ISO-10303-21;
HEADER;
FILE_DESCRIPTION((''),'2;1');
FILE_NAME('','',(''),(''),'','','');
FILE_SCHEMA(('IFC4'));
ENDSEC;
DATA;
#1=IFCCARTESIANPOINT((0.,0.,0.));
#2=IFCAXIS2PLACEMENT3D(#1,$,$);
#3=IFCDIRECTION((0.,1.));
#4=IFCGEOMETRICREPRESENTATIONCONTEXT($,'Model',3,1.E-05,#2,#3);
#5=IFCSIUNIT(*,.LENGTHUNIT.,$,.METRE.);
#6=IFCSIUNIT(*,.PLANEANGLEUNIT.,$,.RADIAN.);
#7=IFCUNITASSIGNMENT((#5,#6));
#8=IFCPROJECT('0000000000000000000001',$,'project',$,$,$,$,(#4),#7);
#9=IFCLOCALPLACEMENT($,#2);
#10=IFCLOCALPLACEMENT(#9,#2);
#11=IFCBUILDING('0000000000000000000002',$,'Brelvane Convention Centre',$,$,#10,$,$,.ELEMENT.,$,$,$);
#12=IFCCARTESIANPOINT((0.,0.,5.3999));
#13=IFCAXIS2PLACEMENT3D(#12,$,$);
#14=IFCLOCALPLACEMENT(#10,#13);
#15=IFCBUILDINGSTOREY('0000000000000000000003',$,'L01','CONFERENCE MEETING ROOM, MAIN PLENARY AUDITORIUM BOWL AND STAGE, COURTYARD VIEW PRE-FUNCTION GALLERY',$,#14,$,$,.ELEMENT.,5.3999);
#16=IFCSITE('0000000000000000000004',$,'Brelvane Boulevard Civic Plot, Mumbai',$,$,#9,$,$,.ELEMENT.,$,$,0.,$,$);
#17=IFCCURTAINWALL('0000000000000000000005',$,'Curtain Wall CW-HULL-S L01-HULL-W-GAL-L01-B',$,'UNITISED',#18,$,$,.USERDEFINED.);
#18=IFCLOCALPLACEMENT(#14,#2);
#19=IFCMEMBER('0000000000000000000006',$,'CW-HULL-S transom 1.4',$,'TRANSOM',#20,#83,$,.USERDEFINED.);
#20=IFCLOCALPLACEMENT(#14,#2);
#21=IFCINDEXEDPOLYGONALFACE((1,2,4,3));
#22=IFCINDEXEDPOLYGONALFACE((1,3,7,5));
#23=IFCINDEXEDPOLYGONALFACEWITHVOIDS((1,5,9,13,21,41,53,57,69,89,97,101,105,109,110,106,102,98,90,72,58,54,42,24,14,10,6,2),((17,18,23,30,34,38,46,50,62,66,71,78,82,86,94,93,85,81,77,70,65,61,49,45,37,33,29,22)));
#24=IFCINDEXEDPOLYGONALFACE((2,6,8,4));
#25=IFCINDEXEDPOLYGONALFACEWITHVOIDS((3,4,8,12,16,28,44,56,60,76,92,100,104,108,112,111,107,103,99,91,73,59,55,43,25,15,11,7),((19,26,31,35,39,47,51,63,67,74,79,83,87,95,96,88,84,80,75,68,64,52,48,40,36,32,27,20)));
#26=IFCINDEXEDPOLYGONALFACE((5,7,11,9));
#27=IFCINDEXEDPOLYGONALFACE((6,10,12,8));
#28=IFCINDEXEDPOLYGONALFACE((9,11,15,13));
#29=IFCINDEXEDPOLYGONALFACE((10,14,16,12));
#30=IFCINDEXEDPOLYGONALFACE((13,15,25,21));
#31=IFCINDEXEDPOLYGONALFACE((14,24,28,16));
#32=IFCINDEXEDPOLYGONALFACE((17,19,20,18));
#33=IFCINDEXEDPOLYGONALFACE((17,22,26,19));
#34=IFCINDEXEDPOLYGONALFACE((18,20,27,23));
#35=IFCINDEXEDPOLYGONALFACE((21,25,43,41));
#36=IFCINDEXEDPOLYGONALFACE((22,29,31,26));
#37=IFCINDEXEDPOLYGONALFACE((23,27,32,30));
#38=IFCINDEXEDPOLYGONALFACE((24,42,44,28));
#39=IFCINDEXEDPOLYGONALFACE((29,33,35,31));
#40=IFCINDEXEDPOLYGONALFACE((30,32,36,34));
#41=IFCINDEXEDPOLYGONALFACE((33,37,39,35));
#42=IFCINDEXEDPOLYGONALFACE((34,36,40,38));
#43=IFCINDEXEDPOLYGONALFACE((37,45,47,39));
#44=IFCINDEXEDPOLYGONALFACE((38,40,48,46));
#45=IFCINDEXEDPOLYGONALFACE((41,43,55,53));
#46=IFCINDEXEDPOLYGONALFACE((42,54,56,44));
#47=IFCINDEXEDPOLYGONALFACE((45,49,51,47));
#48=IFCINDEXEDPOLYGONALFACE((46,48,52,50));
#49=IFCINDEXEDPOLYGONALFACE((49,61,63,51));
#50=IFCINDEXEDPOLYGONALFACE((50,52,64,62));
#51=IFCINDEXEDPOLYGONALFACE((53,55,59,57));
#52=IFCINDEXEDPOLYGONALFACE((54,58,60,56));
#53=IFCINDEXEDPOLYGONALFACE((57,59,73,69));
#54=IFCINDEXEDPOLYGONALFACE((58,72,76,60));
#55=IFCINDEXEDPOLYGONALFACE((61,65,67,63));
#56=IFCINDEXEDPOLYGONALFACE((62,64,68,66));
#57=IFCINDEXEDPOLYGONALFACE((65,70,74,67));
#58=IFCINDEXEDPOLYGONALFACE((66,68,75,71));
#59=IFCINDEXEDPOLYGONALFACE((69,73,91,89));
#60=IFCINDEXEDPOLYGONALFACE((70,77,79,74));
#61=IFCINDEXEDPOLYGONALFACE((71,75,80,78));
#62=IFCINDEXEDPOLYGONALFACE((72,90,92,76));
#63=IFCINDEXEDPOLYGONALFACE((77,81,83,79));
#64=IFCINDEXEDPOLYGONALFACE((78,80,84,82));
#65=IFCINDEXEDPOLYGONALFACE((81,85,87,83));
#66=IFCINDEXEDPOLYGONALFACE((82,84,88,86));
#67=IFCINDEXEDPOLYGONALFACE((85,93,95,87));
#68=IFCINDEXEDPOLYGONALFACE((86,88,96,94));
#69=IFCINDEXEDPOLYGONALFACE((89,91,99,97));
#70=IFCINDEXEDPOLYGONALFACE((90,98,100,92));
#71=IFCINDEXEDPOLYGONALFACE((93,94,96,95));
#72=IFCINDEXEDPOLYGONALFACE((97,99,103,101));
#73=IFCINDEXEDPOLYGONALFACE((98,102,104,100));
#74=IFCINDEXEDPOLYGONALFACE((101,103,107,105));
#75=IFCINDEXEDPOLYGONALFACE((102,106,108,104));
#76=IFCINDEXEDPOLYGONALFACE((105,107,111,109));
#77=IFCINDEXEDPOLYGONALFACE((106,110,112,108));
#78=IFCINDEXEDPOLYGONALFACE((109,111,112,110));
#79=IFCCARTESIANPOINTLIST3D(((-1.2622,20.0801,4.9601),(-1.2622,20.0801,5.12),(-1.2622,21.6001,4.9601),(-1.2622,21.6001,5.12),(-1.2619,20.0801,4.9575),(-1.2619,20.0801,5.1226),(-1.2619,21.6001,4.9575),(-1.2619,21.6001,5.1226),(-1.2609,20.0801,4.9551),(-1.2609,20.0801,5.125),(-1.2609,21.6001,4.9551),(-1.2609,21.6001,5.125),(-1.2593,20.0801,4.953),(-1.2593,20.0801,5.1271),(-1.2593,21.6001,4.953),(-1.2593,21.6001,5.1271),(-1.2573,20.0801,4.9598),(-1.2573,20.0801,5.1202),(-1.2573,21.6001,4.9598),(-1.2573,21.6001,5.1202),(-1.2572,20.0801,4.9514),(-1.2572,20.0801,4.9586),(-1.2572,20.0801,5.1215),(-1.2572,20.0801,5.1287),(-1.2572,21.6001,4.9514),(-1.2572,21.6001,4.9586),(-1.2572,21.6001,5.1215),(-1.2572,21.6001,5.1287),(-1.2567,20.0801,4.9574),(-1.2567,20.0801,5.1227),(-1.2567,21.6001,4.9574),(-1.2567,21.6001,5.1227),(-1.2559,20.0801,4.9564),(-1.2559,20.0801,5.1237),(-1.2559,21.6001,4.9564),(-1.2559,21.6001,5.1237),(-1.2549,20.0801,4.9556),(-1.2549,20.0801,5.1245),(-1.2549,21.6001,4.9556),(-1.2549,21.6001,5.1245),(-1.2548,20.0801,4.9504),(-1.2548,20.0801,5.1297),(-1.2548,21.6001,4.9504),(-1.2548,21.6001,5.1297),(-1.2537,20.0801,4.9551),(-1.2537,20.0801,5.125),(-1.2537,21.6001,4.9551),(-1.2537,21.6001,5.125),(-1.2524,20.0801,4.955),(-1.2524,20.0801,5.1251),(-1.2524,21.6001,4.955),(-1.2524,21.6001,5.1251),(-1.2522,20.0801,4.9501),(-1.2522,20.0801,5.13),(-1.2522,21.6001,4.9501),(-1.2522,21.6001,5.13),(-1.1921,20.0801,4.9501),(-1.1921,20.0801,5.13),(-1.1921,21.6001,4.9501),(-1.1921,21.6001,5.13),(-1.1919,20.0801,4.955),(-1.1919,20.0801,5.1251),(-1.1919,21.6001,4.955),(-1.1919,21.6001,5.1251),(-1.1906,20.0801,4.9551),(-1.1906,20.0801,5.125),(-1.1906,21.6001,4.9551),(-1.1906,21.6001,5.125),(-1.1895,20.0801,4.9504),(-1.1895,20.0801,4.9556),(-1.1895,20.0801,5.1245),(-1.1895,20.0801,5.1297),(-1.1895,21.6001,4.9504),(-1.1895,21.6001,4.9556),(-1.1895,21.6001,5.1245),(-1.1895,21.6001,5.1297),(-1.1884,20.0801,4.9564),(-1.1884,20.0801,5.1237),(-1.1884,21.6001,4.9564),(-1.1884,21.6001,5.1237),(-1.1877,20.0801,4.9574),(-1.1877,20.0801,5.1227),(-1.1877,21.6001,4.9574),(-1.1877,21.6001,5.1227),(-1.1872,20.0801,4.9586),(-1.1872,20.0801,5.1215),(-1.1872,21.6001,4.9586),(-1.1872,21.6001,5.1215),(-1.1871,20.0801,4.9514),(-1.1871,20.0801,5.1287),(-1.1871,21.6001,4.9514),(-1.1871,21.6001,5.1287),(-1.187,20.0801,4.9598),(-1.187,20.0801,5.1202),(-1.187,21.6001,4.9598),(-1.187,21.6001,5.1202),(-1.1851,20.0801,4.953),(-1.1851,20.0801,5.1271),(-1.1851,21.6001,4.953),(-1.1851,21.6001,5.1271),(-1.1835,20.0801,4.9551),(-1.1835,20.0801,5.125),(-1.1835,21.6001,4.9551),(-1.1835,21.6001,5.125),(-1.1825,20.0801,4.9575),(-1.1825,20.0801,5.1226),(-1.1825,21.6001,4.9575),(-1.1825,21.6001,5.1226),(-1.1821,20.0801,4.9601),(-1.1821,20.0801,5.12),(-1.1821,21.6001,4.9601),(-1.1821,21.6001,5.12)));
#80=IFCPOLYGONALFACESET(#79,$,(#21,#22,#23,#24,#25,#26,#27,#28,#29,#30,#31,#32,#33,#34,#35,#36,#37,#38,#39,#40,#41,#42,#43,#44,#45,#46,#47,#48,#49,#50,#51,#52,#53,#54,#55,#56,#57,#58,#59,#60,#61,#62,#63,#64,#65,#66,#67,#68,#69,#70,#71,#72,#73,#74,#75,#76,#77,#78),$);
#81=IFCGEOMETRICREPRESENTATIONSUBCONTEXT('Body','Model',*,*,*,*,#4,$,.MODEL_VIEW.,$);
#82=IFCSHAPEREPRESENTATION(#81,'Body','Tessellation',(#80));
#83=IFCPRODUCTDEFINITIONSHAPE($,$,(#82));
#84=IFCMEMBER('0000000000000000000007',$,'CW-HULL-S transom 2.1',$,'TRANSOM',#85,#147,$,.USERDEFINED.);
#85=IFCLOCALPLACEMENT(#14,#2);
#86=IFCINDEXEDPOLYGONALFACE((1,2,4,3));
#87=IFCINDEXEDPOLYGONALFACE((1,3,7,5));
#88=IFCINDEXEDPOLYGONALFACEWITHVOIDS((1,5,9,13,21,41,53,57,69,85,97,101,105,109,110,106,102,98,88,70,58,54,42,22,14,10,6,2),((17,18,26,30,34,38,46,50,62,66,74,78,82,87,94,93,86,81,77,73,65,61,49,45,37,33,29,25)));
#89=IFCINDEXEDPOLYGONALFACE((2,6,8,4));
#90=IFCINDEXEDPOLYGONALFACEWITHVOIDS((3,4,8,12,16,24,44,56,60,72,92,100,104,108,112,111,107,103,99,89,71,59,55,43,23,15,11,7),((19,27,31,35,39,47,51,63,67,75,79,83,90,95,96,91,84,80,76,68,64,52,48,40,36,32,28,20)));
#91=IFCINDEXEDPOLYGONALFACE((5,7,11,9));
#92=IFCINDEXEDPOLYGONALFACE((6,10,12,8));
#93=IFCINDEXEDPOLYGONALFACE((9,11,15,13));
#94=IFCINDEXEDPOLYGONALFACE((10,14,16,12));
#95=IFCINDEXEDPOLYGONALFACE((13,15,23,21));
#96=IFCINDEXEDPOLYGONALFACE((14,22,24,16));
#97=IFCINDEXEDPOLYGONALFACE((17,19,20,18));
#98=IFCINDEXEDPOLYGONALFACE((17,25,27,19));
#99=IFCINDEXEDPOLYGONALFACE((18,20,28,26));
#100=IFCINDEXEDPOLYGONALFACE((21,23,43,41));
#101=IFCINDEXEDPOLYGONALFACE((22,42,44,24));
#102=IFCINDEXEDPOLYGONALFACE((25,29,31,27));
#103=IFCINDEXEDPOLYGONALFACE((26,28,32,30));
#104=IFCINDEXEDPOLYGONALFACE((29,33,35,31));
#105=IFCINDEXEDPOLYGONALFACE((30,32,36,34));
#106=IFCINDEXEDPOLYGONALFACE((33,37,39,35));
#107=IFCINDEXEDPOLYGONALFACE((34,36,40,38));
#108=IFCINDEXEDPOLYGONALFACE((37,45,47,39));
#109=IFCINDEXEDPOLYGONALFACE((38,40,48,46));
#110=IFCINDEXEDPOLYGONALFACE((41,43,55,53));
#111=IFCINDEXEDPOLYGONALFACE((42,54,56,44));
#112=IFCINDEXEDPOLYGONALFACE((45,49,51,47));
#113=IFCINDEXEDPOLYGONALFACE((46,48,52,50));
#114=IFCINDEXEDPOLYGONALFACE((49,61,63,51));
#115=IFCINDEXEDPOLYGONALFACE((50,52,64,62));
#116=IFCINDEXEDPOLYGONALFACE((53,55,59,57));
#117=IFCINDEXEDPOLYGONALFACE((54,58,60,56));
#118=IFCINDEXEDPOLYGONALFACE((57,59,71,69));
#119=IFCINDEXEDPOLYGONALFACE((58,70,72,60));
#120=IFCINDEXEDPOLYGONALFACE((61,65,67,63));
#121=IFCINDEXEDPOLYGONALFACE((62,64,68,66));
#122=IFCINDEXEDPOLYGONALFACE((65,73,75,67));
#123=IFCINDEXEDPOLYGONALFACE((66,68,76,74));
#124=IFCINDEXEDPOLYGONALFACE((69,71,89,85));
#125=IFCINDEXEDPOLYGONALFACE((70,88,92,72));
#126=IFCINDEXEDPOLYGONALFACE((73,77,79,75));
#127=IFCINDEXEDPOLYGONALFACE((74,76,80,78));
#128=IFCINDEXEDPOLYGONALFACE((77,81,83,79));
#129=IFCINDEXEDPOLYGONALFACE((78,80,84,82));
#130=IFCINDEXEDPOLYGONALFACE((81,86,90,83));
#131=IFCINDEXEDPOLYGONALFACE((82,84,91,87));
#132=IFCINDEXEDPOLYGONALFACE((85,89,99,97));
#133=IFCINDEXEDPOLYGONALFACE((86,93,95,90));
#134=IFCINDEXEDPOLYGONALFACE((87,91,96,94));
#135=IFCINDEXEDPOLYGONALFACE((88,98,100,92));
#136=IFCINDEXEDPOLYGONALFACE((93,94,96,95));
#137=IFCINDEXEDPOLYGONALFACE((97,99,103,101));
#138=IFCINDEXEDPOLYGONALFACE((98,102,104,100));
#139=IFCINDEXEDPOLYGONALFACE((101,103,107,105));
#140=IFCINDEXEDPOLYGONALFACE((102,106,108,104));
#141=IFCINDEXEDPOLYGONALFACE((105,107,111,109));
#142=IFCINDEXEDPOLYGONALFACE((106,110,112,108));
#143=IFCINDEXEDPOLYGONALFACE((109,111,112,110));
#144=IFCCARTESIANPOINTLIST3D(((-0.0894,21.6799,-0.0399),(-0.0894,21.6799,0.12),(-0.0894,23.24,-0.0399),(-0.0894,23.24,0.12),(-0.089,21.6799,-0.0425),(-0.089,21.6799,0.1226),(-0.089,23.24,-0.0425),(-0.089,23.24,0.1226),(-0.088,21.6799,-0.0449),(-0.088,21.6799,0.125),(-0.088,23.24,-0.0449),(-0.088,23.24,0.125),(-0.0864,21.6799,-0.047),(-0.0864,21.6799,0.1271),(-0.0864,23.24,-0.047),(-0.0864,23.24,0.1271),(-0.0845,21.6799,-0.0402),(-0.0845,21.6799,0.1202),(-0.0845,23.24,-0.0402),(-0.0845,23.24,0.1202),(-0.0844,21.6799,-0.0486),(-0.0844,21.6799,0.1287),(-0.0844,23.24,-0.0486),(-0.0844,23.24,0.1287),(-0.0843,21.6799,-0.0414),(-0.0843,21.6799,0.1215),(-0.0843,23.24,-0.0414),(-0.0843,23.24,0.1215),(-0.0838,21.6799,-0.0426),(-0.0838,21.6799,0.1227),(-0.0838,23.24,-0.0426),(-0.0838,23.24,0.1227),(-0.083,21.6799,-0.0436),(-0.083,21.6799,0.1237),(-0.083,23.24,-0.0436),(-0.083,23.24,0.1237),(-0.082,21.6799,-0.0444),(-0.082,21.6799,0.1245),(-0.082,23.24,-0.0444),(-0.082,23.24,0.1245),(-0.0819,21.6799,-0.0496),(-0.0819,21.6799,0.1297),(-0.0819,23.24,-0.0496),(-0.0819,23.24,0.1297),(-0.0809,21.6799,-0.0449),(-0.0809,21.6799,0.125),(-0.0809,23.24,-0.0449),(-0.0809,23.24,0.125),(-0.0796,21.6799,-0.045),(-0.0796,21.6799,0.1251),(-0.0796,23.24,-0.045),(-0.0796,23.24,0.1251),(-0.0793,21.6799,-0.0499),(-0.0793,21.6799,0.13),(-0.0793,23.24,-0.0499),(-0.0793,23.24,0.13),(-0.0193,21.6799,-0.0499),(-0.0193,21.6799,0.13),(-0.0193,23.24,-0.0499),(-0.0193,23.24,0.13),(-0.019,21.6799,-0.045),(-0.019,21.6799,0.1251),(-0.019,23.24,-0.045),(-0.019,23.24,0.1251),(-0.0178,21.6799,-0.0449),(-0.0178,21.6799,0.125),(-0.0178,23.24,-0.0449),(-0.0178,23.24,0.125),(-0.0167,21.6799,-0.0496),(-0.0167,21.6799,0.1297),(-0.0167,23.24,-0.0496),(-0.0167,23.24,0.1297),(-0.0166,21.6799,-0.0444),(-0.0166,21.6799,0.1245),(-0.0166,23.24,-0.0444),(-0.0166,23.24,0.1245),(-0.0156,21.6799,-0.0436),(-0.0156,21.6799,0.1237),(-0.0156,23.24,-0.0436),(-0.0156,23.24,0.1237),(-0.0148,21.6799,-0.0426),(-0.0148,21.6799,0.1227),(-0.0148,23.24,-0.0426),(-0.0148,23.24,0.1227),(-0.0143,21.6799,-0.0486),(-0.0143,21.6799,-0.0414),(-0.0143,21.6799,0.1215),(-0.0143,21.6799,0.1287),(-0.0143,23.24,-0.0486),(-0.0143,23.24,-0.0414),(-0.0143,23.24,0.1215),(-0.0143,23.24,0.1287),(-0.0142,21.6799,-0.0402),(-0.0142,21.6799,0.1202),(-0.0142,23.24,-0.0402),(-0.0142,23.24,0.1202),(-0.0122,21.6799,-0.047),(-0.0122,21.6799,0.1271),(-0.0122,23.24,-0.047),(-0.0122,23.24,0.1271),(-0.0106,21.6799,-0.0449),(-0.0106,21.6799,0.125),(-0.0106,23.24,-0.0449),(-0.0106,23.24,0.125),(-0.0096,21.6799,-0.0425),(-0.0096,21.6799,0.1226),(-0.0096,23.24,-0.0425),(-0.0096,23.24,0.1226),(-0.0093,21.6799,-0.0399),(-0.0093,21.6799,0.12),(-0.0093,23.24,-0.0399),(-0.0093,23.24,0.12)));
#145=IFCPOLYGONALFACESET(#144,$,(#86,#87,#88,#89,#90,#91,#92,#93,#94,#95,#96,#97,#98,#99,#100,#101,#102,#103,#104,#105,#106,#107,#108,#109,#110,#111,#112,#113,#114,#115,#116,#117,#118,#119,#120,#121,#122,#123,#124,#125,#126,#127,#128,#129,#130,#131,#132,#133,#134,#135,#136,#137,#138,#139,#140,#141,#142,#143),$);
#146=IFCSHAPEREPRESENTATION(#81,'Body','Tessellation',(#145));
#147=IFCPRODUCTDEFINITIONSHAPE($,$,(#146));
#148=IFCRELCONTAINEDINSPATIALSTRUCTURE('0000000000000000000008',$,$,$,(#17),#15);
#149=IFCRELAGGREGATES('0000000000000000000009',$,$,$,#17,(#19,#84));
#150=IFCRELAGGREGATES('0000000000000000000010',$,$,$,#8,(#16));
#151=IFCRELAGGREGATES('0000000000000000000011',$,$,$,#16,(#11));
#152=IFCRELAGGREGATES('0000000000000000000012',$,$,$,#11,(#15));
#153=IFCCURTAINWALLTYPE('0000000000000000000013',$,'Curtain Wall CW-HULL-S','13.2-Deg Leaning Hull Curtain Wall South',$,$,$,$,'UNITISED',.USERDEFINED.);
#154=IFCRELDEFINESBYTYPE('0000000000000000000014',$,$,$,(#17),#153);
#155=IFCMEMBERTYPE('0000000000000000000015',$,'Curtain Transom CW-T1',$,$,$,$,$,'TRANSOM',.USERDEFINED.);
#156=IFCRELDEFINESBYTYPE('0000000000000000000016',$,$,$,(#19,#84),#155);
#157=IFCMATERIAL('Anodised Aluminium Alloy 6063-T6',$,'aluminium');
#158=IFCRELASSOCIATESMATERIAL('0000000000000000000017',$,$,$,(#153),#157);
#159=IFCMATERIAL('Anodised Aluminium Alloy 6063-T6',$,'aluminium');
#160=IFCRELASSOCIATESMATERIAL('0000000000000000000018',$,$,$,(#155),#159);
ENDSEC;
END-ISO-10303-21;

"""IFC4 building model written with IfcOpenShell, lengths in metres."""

from ifc_helpers import new_model, si_unit, direction, frame, origin, origin_2d, place, context, subcontext, project, spatial, hollow_rectangle, extrude, material, material_profile, profile_set, type_object, element, aggregate, save


model = new_model("IFC4")

# Units and contexts
model_context = context("Model", 3, precision=1e-05, world=origin(), true_north=direction((0.0, 1.0)))
body_context = subcontext(model_context, "Body", "Model", "MODEL_VIEW")
ifc_project = project(units=[si_unit("LENGTHUNIT", "METRE"), si_unit("PLANEANGLEUNIT", "RADIAN")], contexts=[model_context])

# Site, building, storey
site_placement = place(None, origin())
site = spatial("IfcSite", under=ifc_project, at=site_placement, Name="Brelvane Boulevard Civic Plot, Mumbai", CompositionType="ELEMENT", RefElevation=0.0)
building_placement = place(site_placement, origin())
building = spatial("IfcBuilding", under=site, at=building_placement, Name="Brelvane Convention Centre", CompositionType="ELEMENT")
storey_placement = place(building_placement, frame((0.0, 0.0, 5.3999)))
storey = spatial("IfcBuildingStorey", under=building, at=storey_placement, Name="L01", Description="CONFERENCE MEETING ROOM, MAIN PLENARY AUDITORIUM BOWL AND STAGE, COURTYARD VIEW PRE-FUNCTION GALLERY", CompositionType="ELEMENT", Elevation=5.3999)

# Shared definitions
ifc_material_1 = material(Name="Anodised Aluminium Alloy 6063-T6", Category="aluminium")
curtain_wall_type = type_object("IfcCurtainWallType", Name="Curtain Wall CW-HULL-S", Description="13.2-Deg Leaning Hull Curtain Wall South", ElementType="UNITISED", PredefinedType="USERDEFINED", material=ifc_material_1)

# Curtain wall
curtain_wall_1_placement = place(storey_placement, origin())
curtain_wall_1 = element("IfcCurtainWall", 1, at=curtain_wall_1_placement, inside=storey, type_object=curtain_wall_type, Name="Curtain Wall CW-HULL-S L01-HULL-W-GAL-L01-B", ObjectType="UNITISED", PredefinedType="USERDEFINED")

# Members
ifc_material_2 = material(Name="Anodised Aluminium Alloy 6063-T6", Category="aluminium")
ifc_material_profile_1 = material_profile(ifc_material_2, hollow_rectangle(XDim=0.0801, YDim=0.1799, WallThickness=0.0049, InnerFilletRadius=0.0049, OuterFilletRadius=0.01, at=origin_2d()), Name="ALU-T 180x80x5.0")
ifc_profile_set_1 = profile_set([ifc_material_profile_1], Name="Anodised Aluminium Alloy 6063-T6")
member_type_1 = type_object("IfcMemberType", Name="Curtain Transom CW-T1", ElementType="TRANSOM", PredefinedType="USERDEFINED", material=ifc_profile_set_1)
member_1_placement = place(storey_placement, frame((-1.2222, 20.0801, 5.04), z_axis=(0.0, 1.0, 0.0), x_axis=(-1.0, 0.0, 0.0)))
member_1 = element("IfcMember", 2, at=member_1_placement, type_object=member_type_1, Name="CW-HULL-S transom 1.4", ObjectType="TRANSOM", PredefinedType="USERDEFINED", context=body_context, shape_type="SweptSolid", body=[
    extrude(hollow_rectangle(XDim=0.0801, YDim=0.1799, WallThickness=0.0049, InnerFilletRadius=0.0049, OuterFilletRadius=0.01, at=origin_2d()), origin(), (0.0, 0.0, 1.0), 1.52),
])
member_2_placement = place(storey_placement, frame((-0.0493, 21.6799, 0.04), z_axis=(0.0, 1.0, 0.0), x_axis=(-1.0, 0.0, 0.0)))
member_2 = element("IfcMember", 3, at=member_2_placement, type_object=member_type_1, Name="CW-HULL-S transom 2.1", ObjectType="TRANSOM", PredefinedType="USERDEFINED", context=body_context, shape_type="SweptSolid", body=[
    extrude(hollow_rectangle(XDim=0.0801, YDim=0.1799, WallThickness=0.0049, InnerFilletRadius=0.0049, OuterFilletRadius=0.01, at=origin_2d()), origin(), (0.0, 0.0, 1.0), 1.5601),
])

aggregate(curtain_wall_1, [member_1, member_2])

save(model, "model.ifc")
